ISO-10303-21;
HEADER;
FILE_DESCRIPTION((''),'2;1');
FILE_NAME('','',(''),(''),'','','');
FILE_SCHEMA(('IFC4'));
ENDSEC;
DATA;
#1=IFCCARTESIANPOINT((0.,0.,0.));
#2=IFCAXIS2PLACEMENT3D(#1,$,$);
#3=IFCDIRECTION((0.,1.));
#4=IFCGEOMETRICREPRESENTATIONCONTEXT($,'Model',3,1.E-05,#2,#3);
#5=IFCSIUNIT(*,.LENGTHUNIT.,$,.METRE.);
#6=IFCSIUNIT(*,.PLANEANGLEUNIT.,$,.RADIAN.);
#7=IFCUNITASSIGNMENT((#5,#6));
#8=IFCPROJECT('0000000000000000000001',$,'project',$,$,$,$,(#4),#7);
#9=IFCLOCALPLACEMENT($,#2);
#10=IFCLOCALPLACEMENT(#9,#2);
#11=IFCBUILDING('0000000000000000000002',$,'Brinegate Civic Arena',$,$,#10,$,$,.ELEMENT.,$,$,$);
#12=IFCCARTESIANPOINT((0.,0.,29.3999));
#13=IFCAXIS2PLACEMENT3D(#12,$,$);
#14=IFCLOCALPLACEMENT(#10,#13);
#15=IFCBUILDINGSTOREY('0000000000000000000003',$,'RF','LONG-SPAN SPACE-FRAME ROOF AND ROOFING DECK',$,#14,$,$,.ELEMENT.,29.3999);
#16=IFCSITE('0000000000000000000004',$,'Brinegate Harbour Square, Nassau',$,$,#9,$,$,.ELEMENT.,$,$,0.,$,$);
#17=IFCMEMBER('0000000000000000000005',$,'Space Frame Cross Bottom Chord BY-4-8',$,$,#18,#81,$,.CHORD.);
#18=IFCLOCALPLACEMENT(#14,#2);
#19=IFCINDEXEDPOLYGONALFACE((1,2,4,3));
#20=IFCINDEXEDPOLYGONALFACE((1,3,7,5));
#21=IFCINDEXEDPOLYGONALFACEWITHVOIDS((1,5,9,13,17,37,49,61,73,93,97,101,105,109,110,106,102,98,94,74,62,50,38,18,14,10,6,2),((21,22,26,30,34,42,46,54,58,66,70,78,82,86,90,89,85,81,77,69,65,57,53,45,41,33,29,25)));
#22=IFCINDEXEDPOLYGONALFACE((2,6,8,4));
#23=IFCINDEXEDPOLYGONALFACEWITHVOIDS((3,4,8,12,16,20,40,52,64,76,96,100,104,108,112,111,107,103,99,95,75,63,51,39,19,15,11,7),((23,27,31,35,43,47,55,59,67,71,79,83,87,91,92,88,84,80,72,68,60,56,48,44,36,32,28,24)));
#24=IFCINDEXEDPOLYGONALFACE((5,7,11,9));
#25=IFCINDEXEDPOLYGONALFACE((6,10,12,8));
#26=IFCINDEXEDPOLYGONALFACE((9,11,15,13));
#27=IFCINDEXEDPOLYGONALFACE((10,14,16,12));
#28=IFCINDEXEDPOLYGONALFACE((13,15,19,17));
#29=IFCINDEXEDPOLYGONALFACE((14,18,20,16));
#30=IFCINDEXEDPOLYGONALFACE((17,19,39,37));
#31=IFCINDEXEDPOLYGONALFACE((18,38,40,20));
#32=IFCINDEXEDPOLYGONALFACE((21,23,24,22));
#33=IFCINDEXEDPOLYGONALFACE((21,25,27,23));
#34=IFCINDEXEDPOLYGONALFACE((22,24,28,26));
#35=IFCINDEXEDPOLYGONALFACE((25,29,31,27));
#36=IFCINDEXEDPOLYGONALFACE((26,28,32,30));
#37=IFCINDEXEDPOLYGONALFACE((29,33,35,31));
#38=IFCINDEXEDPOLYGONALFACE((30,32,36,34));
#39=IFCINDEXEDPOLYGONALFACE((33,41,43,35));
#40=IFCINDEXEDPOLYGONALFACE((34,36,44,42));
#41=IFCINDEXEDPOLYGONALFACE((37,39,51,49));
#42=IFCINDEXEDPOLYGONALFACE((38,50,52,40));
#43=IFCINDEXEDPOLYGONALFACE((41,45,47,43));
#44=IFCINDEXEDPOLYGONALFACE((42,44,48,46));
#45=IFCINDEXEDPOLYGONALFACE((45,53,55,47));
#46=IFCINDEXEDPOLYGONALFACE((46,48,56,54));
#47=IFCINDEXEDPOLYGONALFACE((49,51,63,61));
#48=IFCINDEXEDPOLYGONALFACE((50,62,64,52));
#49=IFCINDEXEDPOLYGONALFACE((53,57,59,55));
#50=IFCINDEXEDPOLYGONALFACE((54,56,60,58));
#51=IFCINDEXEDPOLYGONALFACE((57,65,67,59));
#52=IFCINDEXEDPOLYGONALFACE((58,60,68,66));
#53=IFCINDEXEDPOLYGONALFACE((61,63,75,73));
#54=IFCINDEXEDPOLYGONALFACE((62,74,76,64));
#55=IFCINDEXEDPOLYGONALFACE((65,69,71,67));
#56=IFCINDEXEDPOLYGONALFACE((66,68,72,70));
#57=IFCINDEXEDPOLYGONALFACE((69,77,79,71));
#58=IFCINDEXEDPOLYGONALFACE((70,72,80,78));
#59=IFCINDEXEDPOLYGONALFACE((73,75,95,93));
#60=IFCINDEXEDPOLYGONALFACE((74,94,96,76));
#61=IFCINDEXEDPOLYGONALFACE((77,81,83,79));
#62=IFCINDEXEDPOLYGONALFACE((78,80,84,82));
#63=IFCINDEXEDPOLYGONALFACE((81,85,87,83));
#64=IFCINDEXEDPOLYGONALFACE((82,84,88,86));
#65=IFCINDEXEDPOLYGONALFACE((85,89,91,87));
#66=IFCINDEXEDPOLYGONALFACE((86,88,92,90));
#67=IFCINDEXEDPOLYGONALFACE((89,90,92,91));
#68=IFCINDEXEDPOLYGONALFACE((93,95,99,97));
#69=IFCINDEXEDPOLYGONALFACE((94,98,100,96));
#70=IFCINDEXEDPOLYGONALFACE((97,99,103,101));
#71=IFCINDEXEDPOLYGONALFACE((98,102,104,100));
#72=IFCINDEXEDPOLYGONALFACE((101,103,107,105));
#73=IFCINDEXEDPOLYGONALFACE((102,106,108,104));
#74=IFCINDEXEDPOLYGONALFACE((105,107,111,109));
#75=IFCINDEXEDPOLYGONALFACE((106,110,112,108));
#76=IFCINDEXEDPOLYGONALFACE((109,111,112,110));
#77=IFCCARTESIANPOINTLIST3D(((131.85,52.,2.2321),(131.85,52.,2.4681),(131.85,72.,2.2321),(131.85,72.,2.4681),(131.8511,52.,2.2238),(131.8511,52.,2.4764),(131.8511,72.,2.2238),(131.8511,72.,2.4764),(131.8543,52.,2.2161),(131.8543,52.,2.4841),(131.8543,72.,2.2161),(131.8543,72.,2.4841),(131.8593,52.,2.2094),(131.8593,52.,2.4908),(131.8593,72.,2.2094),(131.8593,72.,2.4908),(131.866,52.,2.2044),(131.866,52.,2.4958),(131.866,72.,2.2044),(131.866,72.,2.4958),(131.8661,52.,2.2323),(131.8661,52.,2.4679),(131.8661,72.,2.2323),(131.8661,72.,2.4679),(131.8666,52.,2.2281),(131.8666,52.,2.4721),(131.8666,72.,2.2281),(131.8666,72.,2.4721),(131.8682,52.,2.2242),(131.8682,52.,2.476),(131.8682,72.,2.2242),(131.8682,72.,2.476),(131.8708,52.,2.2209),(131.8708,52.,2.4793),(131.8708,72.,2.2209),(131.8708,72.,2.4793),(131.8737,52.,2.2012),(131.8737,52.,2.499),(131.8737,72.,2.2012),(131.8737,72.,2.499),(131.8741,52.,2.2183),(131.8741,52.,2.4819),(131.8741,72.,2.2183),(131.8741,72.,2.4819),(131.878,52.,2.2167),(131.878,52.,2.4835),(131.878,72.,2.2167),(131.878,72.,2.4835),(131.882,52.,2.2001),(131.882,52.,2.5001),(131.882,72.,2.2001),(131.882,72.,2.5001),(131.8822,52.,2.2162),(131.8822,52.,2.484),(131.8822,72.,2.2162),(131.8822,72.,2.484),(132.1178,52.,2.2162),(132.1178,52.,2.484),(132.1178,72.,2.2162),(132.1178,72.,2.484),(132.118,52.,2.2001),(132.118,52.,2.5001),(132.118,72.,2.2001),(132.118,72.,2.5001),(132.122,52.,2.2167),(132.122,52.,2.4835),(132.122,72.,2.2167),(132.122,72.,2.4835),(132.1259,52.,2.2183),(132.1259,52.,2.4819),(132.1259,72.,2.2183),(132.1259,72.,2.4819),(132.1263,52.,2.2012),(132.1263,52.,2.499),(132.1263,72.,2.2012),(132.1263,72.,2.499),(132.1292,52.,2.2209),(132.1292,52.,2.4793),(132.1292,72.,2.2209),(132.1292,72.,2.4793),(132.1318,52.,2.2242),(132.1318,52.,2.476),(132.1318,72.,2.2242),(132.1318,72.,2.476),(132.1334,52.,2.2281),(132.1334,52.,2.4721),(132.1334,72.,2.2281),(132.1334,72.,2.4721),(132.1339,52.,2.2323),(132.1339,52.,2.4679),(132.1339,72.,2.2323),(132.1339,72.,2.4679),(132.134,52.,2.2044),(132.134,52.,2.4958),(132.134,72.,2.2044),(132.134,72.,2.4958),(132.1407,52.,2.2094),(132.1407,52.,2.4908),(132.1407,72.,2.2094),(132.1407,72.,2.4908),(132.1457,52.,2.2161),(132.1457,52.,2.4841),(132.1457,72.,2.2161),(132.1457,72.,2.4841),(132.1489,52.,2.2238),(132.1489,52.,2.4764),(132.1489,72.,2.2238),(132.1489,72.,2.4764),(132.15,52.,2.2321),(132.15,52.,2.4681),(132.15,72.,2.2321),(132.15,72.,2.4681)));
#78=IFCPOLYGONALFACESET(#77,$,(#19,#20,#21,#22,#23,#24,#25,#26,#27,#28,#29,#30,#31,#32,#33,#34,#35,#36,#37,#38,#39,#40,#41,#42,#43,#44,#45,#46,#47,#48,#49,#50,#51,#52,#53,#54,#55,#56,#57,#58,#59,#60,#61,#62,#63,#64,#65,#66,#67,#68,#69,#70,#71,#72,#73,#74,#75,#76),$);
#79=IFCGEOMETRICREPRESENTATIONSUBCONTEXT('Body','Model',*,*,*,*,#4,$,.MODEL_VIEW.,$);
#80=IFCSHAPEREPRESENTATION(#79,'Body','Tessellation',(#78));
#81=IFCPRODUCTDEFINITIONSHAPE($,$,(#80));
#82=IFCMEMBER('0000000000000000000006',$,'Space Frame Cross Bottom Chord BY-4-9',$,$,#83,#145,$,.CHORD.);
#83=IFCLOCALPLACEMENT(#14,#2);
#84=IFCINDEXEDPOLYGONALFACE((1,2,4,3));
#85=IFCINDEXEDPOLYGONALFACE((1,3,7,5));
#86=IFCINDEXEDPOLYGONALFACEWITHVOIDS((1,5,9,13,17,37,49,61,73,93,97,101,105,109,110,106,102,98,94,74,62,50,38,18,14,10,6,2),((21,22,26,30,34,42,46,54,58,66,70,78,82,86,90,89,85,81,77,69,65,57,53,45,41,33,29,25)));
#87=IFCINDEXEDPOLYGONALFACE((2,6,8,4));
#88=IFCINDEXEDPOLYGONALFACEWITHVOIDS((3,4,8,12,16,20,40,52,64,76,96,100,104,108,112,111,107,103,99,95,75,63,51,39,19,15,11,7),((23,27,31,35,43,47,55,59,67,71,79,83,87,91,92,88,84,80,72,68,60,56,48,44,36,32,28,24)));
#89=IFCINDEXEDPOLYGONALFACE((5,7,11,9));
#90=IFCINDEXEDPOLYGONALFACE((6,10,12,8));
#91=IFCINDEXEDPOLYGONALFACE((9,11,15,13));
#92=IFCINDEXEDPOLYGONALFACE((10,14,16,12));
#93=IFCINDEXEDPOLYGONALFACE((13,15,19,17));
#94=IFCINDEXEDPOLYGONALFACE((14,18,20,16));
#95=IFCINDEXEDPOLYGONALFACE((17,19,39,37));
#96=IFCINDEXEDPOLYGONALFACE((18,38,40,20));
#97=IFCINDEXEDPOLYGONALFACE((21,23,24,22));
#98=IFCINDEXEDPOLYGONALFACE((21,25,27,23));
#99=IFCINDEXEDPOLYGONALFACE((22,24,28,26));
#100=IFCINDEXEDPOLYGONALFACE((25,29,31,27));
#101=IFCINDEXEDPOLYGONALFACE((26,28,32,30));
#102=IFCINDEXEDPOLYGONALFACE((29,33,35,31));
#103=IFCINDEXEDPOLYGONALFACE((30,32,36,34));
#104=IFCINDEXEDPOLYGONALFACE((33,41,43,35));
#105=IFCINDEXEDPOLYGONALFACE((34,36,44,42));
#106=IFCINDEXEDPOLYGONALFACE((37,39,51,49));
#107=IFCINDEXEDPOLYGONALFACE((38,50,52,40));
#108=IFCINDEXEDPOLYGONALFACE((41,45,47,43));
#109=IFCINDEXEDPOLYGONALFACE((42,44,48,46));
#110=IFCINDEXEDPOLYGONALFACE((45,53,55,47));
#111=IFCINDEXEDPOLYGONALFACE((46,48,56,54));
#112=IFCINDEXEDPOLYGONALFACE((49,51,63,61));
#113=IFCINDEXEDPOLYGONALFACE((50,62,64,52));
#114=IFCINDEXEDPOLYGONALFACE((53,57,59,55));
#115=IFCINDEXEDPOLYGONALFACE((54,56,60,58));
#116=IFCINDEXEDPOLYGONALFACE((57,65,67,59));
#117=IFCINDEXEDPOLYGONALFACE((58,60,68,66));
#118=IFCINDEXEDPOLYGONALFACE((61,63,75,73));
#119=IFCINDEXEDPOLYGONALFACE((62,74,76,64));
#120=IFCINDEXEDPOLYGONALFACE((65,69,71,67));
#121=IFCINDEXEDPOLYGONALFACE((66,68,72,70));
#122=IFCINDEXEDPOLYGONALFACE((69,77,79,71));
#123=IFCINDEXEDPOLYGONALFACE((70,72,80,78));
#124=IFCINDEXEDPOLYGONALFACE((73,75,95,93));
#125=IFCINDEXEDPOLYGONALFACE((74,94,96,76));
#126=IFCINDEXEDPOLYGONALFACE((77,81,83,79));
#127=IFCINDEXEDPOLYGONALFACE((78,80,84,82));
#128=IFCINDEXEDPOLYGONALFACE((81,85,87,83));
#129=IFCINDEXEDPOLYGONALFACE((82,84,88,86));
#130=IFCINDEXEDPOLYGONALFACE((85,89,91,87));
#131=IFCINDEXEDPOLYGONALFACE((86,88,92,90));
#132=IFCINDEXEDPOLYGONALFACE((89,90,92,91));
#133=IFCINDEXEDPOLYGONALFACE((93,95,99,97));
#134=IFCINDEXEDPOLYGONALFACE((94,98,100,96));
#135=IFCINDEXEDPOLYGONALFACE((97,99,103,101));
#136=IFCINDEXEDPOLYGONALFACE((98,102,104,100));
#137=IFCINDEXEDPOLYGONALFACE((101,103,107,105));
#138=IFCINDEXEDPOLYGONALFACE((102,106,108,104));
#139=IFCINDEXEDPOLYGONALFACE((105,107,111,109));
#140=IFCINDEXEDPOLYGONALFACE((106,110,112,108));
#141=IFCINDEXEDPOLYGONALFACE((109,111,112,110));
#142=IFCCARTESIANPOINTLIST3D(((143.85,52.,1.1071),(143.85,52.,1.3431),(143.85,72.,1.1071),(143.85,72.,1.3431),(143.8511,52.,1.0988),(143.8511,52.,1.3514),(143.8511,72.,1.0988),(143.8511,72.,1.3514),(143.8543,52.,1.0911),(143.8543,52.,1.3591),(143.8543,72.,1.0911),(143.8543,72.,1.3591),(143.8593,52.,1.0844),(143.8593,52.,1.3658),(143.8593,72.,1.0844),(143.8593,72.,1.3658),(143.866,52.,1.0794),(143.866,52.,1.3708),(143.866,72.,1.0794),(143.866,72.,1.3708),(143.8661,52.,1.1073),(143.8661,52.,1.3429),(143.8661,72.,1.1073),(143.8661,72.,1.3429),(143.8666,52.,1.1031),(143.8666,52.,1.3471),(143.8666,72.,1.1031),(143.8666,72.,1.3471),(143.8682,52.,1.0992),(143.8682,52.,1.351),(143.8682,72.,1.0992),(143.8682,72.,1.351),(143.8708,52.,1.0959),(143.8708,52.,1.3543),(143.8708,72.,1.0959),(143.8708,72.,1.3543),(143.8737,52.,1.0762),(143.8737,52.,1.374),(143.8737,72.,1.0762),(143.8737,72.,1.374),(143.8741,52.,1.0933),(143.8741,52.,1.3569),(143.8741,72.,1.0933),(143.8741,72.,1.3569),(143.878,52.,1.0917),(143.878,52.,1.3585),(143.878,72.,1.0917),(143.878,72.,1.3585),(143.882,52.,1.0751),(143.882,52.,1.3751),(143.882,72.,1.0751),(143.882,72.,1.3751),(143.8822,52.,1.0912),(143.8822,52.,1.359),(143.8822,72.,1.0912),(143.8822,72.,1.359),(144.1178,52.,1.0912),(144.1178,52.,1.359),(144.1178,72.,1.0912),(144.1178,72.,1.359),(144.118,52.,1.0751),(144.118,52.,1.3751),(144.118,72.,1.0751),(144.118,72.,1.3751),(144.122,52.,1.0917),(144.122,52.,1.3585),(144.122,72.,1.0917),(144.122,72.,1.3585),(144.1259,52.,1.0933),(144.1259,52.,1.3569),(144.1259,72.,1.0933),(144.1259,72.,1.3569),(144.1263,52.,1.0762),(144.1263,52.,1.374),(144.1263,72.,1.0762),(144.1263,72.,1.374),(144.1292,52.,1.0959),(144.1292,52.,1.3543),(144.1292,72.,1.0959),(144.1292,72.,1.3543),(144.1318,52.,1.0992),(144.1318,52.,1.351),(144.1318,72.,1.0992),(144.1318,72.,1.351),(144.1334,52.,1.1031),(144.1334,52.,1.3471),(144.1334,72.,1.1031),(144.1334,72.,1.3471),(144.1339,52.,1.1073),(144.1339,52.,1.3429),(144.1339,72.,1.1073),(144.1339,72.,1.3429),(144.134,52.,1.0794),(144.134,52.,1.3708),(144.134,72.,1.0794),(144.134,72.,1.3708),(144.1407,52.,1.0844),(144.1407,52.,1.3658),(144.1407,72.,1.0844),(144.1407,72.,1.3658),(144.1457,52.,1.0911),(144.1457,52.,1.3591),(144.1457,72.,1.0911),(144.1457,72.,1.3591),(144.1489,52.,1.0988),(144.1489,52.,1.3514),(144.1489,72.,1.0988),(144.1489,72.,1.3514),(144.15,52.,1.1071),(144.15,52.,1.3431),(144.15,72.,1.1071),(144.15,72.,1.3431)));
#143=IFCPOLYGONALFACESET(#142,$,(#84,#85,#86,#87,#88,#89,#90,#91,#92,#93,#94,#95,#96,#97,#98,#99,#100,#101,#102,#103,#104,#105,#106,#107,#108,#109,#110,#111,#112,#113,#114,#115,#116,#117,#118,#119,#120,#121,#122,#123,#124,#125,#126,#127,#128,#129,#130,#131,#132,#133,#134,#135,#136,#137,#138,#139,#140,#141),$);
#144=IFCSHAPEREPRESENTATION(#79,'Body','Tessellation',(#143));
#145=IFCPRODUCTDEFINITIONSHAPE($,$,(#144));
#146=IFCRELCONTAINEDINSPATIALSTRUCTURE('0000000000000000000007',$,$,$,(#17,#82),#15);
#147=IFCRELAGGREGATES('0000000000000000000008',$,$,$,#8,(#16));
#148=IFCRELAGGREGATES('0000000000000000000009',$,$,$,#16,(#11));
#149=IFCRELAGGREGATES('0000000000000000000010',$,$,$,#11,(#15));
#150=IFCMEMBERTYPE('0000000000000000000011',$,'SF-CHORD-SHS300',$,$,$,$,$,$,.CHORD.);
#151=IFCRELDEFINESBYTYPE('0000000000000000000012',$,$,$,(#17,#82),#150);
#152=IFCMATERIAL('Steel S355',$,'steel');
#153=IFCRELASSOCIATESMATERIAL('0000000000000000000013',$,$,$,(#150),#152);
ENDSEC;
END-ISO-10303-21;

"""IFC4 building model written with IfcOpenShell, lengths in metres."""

from ifc_helpers import new_model, si_unit, direction, frame, origin, origin_2d, place, context, subcontext, project, spatial, hollow_rectangle, extrude, material, material_profile, profile_set, type_object, element, save


model = new_model("IFC4")

# Units and contexts
model_context = context("Model", 3, precision=1e-05, world=origin(), true_north=direction((0.0, 1.0)))
body_context = subcontext(model_context, "Body", "Model", "MODEL_VIEW")
ifc_project = project(units=[si_unit("LENGTHUNIT", "METRE"), si_unit("PLANEANGLEUNIT", "RADIAN")], contexts=[model_context])

# Site, building, storey
site_placement = place(None, origin())
site = spatial("IfcSite", under=ifc_project, at=site_placement, Name="Brinegate Harbour Square, Nassau", CompositionType="ELEMENT", RefElevation=0.0)
building_placement = place(site_placement, origin())
building = spatial("IfcBuilding", under=site, at=building_placement, Name="Brinegate Civic Arena", CompositionType="ELEMENT")
storey_placement = place(building_placement, frame((0.0, 0.0, 29.3999)))
storey = spatial("IfcBuildingStorey", under=building, at=storey_placement, Name="RF", Description="LONG-SPAN SPACE-FRAME ROOF AND ROOFING DECK", CompositionType="ELEMENT", Elevation=29.3999)

# Shared definitions
ifc_material_1 = material(Name="Steel S355", Category="steel")

# Members
ifc_material_profile_1 = material_profile(ifc_material_1, hollow_rectangle(XDim=0.3, YDim=0.3, WallThickness=0.0161, InnerFilletRadius=0.0161, OuterFilletRadius=0.032, at=origin_2d()), Name="SHS300X16")
ifc_profile_set_1 = profile_set([ifc_material_profile_1], Name="Steel S355")
member_type_1 = type_object("IfcMemberType", Name="SF-CHORD-SHS300", PredefinedType="CHORD", material=ifc_profile_set_1)
for number, where, z_axis, x_axis, name in (
    (1, (132.0, 52.0, 2.3501), (0.0, 1.0, 0.0), (-1.0, 0.0, 0.0), "Space Frame Cross Bottom Chord BY-4-8"),
    (2, (144.0, 52.0, 1.2251), (0.0, 1.0, 0.0), (-1.0, 0.0, 0.0), "Space Frame Cross Bottom Chord BY-4-9"),
):
    element("IfcMember", number, at=place(storey_placement, frame(where, z_axis=z_axis, x_axis=x_axis)), inside=storey, type_object=member_type_1, Name=name, PredefinedType="CHORD", context=body_context, shape_type="SweptSolid", body=[
        extrude(hollow_rectangle(XDim=0.3, YDim=0.3, WallThickness=0.0161, InnerFilletRadius=0.0161, OuterFilletRadius=0.032, at=origin_2d()), origin(), (0.0, 0.0, 1.0), 20.0),
    ])

save(model, "model.ifc")
